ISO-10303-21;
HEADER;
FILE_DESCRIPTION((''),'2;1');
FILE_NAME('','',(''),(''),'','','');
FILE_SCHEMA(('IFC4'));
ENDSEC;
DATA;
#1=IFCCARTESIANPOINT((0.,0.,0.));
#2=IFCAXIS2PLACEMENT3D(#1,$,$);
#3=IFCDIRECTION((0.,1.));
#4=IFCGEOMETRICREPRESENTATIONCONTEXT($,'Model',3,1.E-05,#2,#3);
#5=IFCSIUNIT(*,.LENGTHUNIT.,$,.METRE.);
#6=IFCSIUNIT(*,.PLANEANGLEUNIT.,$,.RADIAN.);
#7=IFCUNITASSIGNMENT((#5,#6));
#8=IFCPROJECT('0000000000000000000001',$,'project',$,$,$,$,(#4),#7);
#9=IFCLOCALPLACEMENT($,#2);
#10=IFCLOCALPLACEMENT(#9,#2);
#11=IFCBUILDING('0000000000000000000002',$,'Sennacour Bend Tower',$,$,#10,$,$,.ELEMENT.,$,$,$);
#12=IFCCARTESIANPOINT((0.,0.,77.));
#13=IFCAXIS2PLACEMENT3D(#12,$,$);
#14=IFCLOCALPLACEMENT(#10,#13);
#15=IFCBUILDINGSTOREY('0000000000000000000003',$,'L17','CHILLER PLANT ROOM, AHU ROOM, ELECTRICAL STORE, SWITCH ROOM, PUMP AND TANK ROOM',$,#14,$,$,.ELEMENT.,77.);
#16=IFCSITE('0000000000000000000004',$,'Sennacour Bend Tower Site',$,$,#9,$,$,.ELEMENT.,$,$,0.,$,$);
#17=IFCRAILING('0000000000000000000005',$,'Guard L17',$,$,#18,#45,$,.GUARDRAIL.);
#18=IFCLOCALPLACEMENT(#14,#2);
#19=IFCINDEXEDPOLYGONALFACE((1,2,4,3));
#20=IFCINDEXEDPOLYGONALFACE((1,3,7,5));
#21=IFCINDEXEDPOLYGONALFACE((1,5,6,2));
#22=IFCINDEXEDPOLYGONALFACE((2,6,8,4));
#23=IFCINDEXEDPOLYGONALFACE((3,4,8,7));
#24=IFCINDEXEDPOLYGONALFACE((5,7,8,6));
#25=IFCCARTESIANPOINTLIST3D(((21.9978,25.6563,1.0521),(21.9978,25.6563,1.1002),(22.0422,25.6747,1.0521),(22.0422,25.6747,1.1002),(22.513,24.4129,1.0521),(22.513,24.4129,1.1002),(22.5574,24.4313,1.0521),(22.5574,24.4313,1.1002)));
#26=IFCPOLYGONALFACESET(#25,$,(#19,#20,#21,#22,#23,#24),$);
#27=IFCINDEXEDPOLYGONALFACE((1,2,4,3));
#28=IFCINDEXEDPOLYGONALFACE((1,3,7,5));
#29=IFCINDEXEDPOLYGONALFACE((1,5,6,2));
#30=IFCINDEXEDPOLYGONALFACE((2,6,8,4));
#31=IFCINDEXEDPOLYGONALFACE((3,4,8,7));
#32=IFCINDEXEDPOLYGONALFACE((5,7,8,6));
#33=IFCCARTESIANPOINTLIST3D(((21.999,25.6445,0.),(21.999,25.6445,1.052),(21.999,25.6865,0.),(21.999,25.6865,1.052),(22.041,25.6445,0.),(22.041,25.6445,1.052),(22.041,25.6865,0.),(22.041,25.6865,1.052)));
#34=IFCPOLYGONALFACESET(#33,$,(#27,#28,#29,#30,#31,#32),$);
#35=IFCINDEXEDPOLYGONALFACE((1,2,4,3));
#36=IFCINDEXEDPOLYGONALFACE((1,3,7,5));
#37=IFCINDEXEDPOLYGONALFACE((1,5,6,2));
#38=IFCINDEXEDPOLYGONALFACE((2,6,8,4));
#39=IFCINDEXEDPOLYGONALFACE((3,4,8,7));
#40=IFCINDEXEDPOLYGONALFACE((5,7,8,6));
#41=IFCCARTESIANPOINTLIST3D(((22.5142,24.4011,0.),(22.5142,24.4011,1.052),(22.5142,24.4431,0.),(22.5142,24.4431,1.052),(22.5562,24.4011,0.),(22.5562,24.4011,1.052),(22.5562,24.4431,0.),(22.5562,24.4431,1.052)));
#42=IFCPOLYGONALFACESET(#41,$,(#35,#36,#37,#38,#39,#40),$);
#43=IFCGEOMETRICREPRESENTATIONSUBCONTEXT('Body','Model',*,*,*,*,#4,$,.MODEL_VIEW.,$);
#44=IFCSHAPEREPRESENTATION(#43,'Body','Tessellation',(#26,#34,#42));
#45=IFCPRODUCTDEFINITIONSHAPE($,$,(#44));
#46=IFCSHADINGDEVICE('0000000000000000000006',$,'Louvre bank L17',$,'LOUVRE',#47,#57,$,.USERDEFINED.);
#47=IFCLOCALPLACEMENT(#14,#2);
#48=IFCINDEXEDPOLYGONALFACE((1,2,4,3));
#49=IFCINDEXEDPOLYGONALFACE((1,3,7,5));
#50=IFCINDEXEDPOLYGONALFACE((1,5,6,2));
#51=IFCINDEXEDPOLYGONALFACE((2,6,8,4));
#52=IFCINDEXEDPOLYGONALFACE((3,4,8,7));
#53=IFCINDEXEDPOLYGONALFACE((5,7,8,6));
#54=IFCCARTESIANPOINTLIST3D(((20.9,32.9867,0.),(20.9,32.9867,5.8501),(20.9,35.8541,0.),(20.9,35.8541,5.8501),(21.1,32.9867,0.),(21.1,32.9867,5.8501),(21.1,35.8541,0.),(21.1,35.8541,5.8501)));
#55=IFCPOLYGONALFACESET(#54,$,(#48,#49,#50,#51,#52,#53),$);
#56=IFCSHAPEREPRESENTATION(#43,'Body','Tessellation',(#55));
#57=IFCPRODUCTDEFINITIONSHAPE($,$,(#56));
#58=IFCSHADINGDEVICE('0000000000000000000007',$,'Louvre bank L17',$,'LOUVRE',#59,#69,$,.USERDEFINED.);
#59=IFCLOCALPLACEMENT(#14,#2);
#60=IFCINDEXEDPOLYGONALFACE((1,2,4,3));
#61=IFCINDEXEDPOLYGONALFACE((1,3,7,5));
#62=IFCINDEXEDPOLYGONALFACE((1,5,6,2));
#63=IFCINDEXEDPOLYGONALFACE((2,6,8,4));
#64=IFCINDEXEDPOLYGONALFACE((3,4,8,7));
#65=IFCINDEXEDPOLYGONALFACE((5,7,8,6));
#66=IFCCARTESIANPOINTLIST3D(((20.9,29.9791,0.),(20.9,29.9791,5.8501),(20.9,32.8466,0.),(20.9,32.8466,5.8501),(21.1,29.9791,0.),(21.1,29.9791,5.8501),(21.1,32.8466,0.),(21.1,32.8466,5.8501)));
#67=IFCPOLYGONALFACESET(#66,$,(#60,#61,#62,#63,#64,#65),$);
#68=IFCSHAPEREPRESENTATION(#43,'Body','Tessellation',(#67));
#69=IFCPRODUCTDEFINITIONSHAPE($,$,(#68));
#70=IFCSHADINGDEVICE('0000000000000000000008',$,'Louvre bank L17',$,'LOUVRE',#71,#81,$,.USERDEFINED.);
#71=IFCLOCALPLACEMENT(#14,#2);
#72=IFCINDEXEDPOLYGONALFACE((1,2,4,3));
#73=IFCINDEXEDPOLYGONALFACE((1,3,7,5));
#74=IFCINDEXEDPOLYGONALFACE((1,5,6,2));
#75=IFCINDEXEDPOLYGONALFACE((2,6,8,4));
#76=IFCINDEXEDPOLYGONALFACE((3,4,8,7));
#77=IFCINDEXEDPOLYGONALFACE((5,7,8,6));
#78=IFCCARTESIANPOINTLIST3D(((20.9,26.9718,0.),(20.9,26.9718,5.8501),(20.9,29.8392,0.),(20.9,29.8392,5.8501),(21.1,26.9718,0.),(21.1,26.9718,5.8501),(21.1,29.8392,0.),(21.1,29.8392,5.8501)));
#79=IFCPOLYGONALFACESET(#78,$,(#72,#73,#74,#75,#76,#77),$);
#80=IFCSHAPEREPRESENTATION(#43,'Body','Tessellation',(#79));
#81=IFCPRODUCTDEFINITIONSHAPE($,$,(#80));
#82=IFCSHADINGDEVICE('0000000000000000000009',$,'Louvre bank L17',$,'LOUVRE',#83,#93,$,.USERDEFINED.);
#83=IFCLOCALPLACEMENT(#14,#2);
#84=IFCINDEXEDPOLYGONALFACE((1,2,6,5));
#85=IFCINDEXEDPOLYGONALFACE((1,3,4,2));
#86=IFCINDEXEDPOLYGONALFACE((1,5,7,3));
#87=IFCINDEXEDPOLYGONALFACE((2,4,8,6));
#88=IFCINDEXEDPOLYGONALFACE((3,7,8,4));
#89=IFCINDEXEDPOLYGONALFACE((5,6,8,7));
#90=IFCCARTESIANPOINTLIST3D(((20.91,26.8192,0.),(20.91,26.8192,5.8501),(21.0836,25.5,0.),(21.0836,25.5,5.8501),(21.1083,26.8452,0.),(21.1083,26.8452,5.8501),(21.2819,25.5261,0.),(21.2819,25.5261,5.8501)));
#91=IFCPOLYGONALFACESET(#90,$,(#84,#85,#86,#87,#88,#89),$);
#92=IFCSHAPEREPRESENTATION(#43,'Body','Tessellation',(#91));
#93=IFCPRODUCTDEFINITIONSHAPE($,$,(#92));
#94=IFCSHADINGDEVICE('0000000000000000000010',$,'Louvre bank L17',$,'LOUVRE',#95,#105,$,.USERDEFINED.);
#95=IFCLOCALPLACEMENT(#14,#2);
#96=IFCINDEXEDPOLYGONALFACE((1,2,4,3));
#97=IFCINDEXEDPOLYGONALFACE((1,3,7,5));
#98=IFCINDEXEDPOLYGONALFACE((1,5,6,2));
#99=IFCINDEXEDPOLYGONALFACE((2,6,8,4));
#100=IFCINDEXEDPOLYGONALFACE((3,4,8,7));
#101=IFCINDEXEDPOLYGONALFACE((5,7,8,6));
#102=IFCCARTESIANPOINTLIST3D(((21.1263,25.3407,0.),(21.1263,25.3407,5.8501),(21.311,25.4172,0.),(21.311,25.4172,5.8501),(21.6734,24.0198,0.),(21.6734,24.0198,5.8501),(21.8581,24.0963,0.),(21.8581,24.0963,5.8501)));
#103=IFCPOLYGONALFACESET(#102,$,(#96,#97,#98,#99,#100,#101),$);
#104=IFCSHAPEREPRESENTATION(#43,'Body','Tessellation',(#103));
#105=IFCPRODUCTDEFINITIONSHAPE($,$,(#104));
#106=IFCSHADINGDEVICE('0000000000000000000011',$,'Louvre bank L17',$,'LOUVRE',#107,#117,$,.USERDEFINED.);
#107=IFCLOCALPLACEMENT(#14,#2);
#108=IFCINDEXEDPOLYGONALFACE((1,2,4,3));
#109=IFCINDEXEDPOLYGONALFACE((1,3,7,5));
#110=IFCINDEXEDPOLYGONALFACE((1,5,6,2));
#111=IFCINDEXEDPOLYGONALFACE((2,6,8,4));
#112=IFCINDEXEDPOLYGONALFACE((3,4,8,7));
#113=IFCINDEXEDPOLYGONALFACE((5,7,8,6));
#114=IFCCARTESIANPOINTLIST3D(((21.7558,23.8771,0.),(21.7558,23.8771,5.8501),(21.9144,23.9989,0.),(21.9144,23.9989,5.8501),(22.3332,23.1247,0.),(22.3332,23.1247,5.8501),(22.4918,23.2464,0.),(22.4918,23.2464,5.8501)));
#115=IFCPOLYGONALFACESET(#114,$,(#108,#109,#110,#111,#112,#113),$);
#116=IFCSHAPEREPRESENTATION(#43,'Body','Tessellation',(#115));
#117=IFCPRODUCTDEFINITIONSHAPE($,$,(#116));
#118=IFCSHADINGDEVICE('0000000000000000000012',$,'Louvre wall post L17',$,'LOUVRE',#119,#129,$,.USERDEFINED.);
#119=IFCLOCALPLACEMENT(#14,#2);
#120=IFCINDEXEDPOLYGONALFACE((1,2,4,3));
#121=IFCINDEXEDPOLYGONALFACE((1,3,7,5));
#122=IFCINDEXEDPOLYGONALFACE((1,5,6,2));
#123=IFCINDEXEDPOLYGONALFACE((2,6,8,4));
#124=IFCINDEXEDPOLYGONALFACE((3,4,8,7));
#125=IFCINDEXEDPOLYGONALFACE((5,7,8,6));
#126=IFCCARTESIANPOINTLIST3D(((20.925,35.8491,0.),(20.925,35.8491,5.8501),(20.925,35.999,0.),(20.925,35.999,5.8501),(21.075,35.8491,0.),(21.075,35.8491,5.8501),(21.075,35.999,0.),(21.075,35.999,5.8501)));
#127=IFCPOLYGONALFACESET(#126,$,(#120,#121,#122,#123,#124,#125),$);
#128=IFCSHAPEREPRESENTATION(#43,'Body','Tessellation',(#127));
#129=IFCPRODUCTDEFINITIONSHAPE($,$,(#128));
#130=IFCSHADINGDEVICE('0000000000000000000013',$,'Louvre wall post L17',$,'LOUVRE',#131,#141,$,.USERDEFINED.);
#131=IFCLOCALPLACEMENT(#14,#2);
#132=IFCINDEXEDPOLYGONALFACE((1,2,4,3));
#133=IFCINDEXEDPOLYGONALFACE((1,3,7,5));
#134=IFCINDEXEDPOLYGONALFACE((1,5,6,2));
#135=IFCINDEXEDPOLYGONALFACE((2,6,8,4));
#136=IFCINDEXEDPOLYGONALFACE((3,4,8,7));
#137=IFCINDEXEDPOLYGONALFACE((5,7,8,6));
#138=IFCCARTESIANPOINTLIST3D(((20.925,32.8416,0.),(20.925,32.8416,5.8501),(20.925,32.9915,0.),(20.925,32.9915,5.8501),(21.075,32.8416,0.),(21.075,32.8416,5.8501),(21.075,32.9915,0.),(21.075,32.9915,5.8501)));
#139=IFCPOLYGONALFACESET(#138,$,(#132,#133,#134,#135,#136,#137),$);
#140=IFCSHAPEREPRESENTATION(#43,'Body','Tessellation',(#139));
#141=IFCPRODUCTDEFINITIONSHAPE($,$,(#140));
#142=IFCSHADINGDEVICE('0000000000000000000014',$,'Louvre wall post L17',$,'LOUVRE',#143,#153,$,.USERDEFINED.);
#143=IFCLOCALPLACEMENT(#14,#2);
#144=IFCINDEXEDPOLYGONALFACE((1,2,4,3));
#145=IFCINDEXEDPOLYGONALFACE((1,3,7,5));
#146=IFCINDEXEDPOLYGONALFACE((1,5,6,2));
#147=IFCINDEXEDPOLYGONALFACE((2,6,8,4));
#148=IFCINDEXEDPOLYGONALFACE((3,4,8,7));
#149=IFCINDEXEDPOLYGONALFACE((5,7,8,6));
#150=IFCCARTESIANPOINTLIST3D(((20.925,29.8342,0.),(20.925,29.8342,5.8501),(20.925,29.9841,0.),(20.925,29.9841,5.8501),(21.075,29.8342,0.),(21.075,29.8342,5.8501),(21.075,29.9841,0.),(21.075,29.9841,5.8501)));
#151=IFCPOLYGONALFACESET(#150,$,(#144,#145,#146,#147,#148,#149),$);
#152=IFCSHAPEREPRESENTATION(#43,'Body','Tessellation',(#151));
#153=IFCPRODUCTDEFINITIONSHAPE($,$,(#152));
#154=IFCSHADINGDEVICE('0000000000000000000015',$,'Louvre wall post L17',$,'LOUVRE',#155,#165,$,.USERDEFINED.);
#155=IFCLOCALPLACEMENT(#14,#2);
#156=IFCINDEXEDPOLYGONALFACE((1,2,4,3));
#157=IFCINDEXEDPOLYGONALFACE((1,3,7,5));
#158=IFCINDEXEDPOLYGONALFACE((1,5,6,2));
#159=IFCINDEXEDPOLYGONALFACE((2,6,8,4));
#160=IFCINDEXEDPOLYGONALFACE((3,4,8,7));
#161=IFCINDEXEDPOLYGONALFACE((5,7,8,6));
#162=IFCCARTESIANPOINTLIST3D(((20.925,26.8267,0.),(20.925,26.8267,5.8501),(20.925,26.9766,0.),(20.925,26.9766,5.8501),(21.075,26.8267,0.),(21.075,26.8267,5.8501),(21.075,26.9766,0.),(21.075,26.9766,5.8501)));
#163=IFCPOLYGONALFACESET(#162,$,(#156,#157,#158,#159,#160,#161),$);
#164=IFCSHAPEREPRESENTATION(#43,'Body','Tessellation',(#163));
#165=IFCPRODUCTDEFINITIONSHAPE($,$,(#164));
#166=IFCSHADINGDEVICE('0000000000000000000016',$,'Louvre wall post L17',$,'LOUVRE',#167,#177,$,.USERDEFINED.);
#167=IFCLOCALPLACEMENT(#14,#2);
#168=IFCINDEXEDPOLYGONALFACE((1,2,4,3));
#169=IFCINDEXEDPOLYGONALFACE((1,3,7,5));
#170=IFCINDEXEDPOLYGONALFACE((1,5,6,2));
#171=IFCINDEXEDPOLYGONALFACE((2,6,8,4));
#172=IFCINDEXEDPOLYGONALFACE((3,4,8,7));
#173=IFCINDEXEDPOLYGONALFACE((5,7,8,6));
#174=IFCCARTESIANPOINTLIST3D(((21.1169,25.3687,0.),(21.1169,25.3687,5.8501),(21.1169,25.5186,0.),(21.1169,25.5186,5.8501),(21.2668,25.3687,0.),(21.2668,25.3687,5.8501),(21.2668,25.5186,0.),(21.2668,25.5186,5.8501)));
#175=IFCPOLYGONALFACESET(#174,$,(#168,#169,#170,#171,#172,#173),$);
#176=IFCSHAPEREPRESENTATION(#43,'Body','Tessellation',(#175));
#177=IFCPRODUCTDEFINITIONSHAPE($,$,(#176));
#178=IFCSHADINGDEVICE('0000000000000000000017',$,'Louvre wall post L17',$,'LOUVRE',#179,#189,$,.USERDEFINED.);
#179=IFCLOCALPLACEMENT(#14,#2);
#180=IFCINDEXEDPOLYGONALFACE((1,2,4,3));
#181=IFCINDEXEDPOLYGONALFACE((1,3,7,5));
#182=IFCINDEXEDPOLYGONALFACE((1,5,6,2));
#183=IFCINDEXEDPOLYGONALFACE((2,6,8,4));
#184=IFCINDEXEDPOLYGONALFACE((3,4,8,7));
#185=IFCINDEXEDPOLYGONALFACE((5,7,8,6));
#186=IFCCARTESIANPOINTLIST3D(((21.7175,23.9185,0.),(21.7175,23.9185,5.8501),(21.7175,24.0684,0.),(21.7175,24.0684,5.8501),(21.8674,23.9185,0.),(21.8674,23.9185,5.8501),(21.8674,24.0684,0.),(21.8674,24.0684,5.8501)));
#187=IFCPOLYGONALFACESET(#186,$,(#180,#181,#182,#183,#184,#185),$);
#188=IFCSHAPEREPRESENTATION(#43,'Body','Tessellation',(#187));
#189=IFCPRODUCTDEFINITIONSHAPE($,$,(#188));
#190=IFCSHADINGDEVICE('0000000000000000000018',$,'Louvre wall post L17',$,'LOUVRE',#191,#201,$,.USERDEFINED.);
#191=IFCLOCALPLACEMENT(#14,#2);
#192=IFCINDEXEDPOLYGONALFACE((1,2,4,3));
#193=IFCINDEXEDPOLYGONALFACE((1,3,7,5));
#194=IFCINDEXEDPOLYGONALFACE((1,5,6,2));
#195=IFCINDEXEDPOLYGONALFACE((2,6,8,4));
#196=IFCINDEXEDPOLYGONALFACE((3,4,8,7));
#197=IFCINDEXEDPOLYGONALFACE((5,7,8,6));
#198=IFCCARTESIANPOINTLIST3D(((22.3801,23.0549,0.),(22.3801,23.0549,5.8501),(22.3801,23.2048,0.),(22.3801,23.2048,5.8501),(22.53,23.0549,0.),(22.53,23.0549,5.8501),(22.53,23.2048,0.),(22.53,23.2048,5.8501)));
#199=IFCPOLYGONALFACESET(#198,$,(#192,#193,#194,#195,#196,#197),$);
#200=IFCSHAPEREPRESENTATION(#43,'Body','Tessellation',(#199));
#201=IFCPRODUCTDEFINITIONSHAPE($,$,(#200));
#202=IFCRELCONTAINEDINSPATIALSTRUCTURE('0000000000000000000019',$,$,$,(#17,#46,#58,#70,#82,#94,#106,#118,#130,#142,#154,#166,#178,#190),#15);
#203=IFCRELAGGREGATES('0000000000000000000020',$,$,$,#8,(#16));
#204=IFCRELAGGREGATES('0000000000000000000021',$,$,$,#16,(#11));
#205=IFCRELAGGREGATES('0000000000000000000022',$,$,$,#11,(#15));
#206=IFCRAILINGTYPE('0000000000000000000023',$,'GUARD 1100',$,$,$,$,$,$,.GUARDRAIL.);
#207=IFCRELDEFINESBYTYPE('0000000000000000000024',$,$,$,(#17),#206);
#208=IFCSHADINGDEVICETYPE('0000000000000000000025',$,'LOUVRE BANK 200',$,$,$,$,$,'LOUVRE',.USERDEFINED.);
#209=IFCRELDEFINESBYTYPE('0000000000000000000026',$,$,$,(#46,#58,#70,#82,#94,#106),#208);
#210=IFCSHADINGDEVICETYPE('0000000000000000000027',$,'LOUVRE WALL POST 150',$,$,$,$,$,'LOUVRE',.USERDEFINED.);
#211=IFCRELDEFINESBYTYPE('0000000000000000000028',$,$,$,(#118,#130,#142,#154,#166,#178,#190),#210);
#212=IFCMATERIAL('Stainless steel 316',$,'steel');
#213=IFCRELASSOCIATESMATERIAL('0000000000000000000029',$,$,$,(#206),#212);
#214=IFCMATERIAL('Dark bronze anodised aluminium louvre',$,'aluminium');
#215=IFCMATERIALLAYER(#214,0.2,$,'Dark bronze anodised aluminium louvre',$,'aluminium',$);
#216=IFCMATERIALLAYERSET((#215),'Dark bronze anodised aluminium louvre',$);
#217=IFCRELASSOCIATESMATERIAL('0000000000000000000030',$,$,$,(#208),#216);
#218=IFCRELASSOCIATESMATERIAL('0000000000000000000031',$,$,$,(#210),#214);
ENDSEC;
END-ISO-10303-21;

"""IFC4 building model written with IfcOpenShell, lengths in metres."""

from ifc_helpers import new_model, si_unit, direction, frame, origin, origin_2d, place, context, subcontext, project, spatial, rectangle, extrude, material, layer, layer_set, type_object, element, save


model = new_model("IFC4")

# Units and contexts
model_context = context("Model", 3, precision=1e-05, world=origin(), true_north=direction((0.0, 1.0)))
body_context = subcontext(model_context, "Body", "Model", "MODEL_VIEW")
ifc_project = project(units=[si_unit("LENGTHUNIT", "METRE"), si_unit("PLANEANGLEUNIT", "RADIAN")], contexts=[model_context])

# Site, building, storey
site_placement = place(None, origin())
site = spatial("IfcSite", under=ifc_project, at=site_placement, Name="Sennacour Bend Tower Site", CompositionType="ELEMENT", RefElevation=0.0)
building_placement = place(site_placement, origin())
building = spatial("IfcBuilding", under=site, at=building_placement, Name="Sennacour Bend Tower", CompositionType="ELEMENT")
storey_placement = place(building_placement, frame((0.0, 0.0, 77.0)))
storey = spatial("IfcBuildingStorey", under=building, at=storey_placement, Name="L17", Description="CHILLER PLANT ROOM, AHU ROOM, ELECTRICAL STORE, SWITCH ROOM, PUMP AND TANK ROOM", CompositionType="ELEMENT", Elevation=77.0)

# Railing
ifc_material_1 = material(Name="Stainless steel 316", Category="steel")
railing_type = type_object("IfcRailingType", Name="GUARD 1100", PredefinedType="GUARDRAIL", material=ifc_material_1)
railing_1_placement = place(storey_placement, frame((22.02, 25.6655, 0.0)))
element("IfcRailing", 1, at=railing_1_placement, inside=storey, type_object=railing_type, Name="Guard L17", PredefinedType="GUARDRAIL", context=body_context, shape_type="SweptSolid", body=[
    extrude(rectangle(XDim=0.0481, YDim=0.0481, at=origin_2d()), frame((0.0, 0.0, 1.0762), z_axis=(0.382747, -0.923853, 0.0), x_axis=(0.923853, 0.382747, 0.0)), (0.0, 0.0, 1.0), 1.3459),
    extrude(rectangle(XDim=0.042, YDim=0.042, at=origin_2d()), origin(), (0.0, 0.0, 1.0), 1.052),
    extrude(rectangle(XDim=0.042, YDim=0.042, at=origin_2d()), frame((0.5151, -1.2434, 0.0)), (0.0, 0.0, 1.0), 1.052),
])

# Shading devices
ifc_material_2 = material(Name="Dark bronze anodised aluminium louvre", Category="aluminium")
ifc_layer_1 = layer(ifc_material_2, 0.2, Name="Dark bronze anodised aluminium louvre", Category="aluminium")
ifc_layer_set_1 = layer_set([ifc_layer_1], Name="Dark bronze anodised aluminium louvre")
shading_device_type_1 = type_object("IfcShadingDeviceType", Name="LOUVRE BANK 200", ElementType="LOUVRE", PredefinedType="USERDEFINED", material=ifc_layer_set_1)
for number, where, z_axis, x_axis, name in (
    (2, (21.0, 34.4204, 0.0), (0.0, 0.0, 1.0), (0.0, -1.0, 0.0), "Louvre bank L17"),
    (3, (21.0, 31.4128, 0.0), (0.0, 0.0, 1.0), (0.0, -1.0, 0.0), "Louvre bank L17"),
    (4, (21.0, 28.4055, 0.0), (0.0, 0.0, 1.0), (0.0, -1.0, 0.0), "Louvre bank L17"),
):
    element("IfcShadingDevice", number, at=place(storey_placement, frame(where, z_axis=z_axis, x_axis=x_axis)), inside=storey, type_object=shading_device_type_1, Name=name, ObjectType="LOUVRE", PredefinedType="USERDEFINED", context=body_context, shape_type="SweptSolid", body=[
        extrude(rectangle(XDim=2.8674, YDim=0.2, at=origin_2d()), origin(), (0.0, 0.0, 1.0), 5.8501),
    ])
shading_device_1_placement = place(storey_placement, frame((21.0959, 26.1726, 0.0), z_axis=(0.0, 0.0, 1.0), x_axis=(0.130493, -0.991449, 0.0)))
element("IfcShadingDevice", 5, at=shading_device_1_placement, inside=storey, type_object=shading_device_type_1, Name="Louvre bank L17", ObjectType="LOUVRE", PredefinedType="USERDEFINED", context=body_context, shape_type="SweptSolid", body=[
    extrude(rectangle(XDim=1.3306, YDim=0.2, at=origin_2d()), origin(), (0.0, 0.0, 1.0), 5.8501),
])
shading_device_2_placement = place(storey_placement, frame((21.4922, 24.7185, 0.0), z_axis=(0.0, 0.0, 1.0), x_axis=(0.382688, -0.923878, 0.0)))
element("IfcShadingDevice", 6, at=shading_device_2_placement, inside=storey, type_object=shading_device_type_1, Name="Louvre bank L17", ObjectType="LOUVRE", PredefinedType="USERDEFINED", context=body_context, shape_type="SweptSolid", body=[
    extrude(rectangle(XDim=1.4297, YDim=0.2, at=origin_2d()), origin(), (0.0, 0.0, 1.0), 5.8501),
])
shading_device_3_placement = place(storey_placement, frame((22.1238, 23.5618, 0.0), z_axis=(0.0, 0.0, 1.0), x_axis=(0.608781, -0.793338, 0.0)))
element("IfcShadingDevice", 7, at=shading_device_3_placement, inside=storey, type_object=shading_device_type_1, Name="Louvre bank L17", ObjectType="LOUVRE", PredefinedType="USERDEFINED", context=body_context, shape_type="SweptSolid", body=[
    extrude(rectangle(XDim=0.9485, YDim=0.2, at=origin_2d()), origin(), (0.0, 0.0, 1.0), 5.8501),
])
shading_device_type_2 = type_object("IfcShadingDeviceType", Name="LOUVRE WALL POST 150", ElementType="LOUVRE", PredefinedType="USERDEFINED", material=ifc_material_2)
for number, where, z_axis, x_axis, name in (
    (8, (21.0, 35.9241, 0.0), (0.0, 0.0, 1.0), (1.0, 0.0, 0.0), "Louvre wall post L17"),
    (9, (21.0, 32.9165, 0.0), (0.0, 0.0, 1.0), (1.0, 0.0, 0.0), "Louvre wall post L17"),
    (10, (21.0, 29.9092, 0.0), (0.0, 0.0, 1.0), (1.0, 0.0, 0.0), "Louvre wall post L17"),
    (11, (21.0, 26.9016, 0.0), (0.0, 0.0, 1.0), (1.0, 0.0, 0.0), "Louvre wall post L17"),
    (12, (21.1919, 25.4436, 0.0), (0.0, 0.0, 1.0), (1.0, 0.0, 0.0), "Louvre wall post L17"),
    (13, (21.7925, 23.9934, 0.0), (0.0, 0.0, 1.0), (1.0, 0.0, 0.0), "Louvre wall post L17"),
    (14, (22.4551, 23.1299, 0.0), (0.0, 0.0, 1.0), (1.0, 0.0, 0.0), "Louvre wall post L17"),
):
    element("IfcShadingDevice", number, at=place(storey_placement, frame(where, z_axis=z_axis, x_axis=x_axis)), inside=storey, type_object=shading_device_type_2, Name=name, ObjectType="LOUVRE", PredefinedType="USERDEFINED", context=body_context, shape_type="SweptSolid", body=[
        extrude(rectangle(XDim=0.1499, YDim=0.1499, at=origin_2d()), origin(), (0.0, 0.0, 1.0), 5.8501),
    ])

save(model, "model.ifc")
